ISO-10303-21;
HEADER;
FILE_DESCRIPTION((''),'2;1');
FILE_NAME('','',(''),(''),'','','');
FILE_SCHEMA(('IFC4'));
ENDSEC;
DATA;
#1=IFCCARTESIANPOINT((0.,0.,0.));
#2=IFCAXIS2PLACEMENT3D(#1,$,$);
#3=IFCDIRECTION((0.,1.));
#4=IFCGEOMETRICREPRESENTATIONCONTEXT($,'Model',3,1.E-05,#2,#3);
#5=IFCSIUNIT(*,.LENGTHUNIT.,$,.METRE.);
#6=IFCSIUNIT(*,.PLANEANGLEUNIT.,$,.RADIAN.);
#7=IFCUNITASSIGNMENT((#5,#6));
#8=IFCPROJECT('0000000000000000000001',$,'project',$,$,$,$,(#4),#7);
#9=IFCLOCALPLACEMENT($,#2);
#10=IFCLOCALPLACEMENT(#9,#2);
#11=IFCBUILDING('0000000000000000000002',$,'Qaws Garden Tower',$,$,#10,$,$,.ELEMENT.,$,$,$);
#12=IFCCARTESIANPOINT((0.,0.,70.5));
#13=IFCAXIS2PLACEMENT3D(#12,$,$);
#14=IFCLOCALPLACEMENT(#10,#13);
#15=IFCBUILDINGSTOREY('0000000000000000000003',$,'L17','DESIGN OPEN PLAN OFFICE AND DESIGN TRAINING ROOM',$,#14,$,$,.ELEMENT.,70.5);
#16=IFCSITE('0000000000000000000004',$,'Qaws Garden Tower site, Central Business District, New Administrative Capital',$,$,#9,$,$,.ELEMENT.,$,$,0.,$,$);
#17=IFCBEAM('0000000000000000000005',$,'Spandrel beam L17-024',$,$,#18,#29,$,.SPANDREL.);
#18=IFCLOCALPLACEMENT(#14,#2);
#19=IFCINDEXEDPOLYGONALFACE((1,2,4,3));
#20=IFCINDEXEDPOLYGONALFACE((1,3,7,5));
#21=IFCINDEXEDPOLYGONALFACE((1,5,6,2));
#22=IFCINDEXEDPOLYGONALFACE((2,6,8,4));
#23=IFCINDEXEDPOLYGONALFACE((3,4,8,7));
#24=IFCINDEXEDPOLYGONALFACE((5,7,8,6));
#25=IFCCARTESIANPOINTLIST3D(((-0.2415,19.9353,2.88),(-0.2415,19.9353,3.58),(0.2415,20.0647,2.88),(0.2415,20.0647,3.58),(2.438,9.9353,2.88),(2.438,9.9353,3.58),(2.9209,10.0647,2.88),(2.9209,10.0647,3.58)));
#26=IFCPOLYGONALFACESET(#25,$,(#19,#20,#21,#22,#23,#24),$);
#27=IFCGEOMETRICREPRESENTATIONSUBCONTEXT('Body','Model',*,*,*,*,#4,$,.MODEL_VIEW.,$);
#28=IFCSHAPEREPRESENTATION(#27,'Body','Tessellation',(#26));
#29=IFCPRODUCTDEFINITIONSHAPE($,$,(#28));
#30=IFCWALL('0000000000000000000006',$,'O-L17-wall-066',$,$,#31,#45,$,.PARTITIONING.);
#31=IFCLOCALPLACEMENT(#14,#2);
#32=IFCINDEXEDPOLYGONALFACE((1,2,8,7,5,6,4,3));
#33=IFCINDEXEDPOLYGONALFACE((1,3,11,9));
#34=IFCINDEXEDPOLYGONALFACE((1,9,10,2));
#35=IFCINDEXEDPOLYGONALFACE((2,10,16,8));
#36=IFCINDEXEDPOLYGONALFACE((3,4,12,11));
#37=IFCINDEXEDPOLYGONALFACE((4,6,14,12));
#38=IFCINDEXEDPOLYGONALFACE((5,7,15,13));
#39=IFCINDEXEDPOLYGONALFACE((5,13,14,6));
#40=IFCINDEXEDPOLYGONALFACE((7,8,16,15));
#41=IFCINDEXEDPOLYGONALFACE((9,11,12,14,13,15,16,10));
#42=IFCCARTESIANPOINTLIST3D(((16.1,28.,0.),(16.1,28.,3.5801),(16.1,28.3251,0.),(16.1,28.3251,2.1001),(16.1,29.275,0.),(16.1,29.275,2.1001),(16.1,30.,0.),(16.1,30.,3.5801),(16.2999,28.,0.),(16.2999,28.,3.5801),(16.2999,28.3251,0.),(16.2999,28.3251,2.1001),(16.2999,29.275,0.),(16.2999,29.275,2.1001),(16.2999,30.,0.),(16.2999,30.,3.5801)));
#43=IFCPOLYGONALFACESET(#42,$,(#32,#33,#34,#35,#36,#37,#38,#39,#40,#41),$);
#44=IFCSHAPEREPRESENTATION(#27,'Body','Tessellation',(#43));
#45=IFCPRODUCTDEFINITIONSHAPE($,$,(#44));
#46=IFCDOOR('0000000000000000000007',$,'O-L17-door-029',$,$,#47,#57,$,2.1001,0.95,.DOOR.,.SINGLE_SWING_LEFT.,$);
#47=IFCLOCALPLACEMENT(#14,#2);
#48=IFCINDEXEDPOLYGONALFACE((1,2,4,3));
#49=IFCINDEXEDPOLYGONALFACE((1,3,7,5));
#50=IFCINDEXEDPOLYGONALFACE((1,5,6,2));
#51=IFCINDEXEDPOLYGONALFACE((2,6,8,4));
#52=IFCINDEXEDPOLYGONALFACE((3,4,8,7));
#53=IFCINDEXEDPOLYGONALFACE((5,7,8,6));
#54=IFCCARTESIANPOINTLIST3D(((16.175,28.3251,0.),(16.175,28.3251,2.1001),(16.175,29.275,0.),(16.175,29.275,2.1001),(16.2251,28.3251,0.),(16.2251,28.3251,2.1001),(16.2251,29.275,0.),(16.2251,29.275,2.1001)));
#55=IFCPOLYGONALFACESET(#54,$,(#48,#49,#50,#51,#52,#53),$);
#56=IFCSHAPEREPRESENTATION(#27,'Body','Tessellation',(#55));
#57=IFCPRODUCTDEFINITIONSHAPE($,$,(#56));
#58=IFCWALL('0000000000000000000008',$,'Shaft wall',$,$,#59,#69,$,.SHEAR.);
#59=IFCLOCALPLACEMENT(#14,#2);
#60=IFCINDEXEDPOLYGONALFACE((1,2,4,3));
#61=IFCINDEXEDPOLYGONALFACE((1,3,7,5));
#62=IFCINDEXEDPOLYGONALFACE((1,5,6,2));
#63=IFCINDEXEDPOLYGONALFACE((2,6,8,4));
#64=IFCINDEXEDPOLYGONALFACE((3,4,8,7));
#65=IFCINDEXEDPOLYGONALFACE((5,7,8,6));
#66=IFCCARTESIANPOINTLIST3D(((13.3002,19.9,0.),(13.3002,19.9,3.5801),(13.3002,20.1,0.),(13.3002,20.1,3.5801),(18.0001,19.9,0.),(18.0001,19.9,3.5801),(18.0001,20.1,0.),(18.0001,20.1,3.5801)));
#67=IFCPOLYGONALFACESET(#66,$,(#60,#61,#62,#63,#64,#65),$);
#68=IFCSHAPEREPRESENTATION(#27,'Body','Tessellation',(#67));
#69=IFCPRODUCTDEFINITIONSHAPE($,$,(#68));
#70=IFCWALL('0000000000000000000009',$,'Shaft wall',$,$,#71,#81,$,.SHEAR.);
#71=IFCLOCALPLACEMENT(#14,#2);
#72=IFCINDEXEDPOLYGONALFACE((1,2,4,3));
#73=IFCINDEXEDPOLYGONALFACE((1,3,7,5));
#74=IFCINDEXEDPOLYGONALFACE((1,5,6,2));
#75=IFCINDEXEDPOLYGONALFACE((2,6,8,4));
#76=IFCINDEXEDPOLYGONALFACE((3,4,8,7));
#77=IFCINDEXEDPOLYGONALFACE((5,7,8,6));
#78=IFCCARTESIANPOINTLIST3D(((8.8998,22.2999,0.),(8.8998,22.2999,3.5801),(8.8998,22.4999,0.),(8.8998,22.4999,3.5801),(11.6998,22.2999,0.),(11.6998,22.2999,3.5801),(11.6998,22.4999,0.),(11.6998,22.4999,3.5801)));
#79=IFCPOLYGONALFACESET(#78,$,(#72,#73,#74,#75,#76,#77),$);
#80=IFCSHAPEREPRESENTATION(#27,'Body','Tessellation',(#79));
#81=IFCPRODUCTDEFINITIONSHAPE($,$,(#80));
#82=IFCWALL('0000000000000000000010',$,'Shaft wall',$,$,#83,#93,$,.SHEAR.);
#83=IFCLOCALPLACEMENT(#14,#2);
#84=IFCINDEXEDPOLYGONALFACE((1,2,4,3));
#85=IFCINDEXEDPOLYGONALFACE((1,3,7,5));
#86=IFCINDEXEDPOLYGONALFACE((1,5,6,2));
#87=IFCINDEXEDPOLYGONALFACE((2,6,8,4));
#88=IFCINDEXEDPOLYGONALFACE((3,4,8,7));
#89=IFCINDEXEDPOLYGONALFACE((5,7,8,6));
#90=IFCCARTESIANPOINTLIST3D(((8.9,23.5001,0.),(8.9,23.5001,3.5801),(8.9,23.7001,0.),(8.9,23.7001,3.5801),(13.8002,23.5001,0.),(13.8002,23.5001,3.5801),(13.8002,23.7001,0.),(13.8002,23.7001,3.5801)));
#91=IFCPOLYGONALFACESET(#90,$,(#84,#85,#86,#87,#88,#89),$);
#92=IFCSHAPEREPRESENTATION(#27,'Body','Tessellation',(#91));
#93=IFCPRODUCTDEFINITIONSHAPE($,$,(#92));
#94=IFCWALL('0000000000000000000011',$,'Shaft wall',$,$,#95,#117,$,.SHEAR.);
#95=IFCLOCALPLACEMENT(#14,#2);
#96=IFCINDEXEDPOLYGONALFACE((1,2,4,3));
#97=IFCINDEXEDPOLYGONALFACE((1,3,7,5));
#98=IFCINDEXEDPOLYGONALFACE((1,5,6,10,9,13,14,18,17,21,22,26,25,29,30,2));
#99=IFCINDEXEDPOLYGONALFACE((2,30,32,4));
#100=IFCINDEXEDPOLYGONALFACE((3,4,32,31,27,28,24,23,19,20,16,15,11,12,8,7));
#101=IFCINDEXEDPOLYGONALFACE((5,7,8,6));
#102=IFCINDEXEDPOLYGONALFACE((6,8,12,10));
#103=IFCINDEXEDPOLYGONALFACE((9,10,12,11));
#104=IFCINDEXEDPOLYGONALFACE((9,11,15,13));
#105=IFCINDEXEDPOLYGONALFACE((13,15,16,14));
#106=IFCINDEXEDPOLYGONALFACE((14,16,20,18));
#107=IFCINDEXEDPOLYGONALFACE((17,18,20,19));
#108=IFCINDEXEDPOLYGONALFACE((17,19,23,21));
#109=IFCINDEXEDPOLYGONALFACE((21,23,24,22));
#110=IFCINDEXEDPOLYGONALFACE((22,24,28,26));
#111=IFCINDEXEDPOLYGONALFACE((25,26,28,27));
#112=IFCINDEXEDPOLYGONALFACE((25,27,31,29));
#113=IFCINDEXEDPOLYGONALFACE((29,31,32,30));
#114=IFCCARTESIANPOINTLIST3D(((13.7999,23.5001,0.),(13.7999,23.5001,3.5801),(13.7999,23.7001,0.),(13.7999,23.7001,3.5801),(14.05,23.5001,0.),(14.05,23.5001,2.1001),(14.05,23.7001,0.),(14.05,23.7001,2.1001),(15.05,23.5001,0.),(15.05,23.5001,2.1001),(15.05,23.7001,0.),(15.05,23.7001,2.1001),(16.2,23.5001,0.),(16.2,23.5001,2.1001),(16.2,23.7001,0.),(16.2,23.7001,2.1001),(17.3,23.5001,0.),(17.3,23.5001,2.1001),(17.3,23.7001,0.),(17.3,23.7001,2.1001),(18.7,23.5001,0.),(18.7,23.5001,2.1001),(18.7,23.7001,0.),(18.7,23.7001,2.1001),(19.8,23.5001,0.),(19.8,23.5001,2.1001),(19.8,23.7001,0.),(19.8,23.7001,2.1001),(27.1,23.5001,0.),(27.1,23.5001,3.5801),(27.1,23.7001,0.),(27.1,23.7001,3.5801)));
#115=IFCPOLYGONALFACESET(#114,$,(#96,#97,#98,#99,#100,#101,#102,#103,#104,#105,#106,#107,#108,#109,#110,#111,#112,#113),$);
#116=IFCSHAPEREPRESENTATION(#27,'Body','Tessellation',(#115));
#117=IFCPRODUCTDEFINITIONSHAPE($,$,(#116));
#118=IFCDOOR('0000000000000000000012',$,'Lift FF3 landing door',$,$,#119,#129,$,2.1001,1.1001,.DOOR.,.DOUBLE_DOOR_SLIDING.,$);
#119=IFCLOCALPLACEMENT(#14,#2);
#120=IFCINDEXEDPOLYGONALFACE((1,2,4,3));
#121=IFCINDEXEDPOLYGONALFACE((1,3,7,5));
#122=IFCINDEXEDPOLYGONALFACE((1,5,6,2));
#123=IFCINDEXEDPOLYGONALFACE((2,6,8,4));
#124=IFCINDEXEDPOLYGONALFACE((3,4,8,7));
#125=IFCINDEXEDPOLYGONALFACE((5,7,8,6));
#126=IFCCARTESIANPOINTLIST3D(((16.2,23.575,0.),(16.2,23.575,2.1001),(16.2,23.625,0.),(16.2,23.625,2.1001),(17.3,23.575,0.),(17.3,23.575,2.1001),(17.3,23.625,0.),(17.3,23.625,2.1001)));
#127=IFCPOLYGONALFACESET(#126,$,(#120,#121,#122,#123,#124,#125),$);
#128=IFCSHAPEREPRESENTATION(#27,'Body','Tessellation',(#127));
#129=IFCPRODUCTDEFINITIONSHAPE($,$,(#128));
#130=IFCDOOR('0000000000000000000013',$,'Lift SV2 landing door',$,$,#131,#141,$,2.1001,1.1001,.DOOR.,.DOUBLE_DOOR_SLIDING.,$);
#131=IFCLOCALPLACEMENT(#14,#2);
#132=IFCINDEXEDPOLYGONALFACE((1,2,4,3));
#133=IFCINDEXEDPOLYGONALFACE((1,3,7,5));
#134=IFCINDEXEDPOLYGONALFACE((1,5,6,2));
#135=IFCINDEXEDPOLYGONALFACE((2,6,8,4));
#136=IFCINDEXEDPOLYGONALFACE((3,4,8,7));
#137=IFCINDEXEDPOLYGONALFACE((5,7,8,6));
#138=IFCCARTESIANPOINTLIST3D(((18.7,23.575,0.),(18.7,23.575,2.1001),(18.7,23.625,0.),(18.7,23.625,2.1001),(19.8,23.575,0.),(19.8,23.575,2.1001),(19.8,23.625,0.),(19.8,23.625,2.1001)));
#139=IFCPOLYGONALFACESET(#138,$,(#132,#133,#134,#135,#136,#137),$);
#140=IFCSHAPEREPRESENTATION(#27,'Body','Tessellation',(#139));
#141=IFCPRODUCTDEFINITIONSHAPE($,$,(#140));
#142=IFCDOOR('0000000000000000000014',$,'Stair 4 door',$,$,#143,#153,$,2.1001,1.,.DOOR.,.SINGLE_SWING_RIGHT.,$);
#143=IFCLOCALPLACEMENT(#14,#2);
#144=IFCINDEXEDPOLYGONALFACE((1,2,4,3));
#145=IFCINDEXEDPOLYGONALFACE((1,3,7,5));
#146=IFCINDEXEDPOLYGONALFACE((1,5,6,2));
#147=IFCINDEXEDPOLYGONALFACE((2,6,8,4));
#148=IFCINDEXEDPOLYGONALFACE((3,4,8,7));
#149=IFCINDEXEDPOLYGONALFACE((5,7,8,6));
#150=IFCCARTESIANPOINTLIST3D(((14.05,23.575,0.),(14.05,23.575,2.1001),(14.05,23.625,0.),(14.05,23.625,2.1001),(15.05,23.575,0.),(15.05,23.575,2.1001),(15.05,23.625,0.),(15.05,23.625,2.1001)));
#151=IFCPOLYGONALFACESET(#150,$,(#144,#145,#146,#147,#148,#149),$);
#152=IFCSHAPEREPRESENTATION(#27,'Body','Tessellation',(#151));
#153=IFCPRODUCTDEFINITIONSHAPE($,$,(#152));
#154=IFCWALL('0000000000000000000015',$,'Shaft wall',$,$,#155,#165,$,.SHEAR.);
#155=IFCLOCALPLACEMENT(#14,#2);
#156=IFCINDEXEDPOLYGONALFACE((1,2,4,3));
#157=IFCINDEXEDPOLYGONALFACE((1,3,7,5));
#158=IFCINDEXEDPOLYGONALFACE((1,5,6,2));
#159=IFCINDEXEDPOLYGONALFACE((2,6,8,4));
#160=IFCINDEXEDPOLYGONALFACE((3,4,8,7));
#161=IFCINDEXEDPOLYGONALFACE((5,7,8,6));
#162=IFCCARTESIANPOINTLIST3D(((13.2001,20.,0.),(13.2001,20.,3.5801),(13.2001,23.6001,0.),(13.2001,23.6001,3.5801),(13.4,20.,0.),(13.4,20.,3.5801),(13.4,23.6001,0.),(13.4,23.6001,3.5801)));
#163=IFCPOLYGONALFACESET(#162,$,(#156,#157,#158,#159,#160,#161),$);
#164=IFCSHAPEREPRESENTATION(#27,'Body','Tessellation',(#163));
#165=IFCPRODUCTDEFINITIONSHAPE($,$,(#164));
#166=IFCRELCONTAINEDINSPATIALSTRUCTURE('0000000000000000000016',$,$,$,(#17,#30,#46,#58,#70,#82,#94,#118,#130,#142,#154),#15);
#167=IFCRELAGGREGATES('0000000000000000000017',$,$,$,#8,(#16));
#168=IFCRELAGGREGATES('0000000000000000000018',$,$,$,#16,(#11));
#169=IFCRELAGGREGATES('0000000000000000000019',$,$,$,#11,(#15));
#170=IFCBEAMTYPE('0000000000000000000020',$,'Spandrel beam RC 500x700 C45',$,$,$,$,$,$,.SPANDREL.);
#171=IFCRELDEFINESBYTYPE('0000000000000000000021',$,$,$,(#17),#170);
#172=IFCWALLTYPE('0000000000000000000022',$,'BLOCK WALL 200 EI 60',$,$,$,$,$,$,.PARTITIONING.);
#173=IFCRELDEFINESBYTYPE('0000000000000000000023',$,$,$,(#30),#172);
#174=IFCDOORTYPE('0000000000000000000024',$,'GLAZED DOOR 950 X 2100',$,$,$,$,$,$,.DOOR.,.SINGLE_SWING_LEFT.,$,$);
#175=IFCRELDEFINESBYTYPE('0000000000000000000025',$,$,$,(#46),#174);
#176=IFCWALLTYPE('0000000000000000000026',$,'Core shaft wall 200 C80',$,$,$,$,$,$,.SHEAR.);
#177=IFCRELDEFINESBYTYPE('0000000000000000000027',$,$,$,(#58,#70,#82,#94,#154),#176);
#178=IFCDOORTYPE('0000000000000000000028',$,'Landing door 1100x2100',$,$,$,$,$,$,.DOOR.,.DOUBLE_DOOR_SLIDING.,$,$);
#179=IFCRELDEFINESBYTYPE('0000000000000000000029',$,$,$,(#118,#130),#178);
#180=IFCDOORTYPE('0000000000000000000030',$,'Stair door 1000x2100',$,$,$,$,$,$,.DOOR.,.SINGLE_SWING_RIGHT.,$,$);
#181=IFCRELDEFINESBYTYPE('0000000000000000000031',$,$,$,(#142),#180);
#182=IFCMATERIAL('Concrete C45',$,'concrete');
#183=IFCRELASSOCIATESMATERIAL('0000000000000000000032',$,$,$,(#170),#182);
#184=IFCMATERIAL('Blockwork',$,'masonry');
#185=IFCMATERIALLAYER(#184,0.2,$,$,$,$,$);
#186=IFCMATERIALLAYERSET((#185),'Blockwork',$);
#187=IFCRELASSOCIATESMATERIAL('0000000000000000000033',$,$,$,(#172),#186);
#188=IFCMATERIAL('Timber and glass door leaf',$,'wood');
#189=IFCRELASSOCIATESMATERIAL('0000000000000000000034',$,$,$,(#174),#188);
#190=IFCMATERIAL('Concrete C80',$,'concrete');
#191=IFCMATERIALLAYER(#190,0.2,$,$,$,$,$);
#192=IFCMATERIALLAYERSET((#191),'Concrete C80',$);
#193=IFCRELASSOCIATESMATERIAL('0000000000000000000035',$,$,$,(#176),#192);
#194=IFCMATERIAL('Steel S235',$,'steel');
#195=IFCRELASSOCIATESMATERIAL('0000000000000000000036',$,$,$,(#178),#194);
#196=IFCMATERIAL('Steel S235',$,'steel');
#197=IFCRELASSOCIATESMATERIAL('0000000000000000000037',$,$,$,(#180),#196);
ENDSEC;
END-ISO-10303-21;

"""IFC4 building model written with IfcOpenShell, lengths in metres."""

from ifc_helpers import new_model, si_unit, direction, frame, frame_2d, origin, origin_2d, place, context, subcontext, project, spatial, rectangle, extrude, material, layer, layer_set, material_profile, profile_set, type_object, element, fill, save


model = new_model("IFC4")

# Units and contexts
model_context = context("Model", 3, precision=1e-05, world=origin(), true_north=direction((0.0, 1.0)))
body_context = subcontext(model_context, "Body", "Model", "MODEL_VIEW")
ifc_project = project(units=[si_unit("LENGTHUNIT", "METRE"), si_unit("PLANEANGLEUNIT", "RADIAN")], contexts=[model_context])

# Site, building, storey
site_placement = place(None, origin())
site = spatial("IfcSite", under=ifc_project, at=site_placement, Name="Qaws Garden Tower site, Central Business District, New Administrative Capital", CompositionType="ELEMENT", RefElevation=0.0)
building_placement = place(site_placement, origin())
building = spatial("IfcBuilding", under=site, at=building_placement, Name="Qaws Garden Tower", CompositionType="ELEMENT")
storey_placement = place(building_placement, frame((0.0, 0.0, 70.5)))
storey = spatial("IfcBuildingStorey", under=building, at=storey_placement, Name="L17", Description="DESIGN OPEN PLAN OFFICE AND DESIGN TRAINING ROOM", CompositionType="ELEMENT", Elevation=70.5)

# Beam
ifc_material_1 = material(Name="Concrete C45", Category="concrete")
ifc_material_profile = material_profile(ifc_material_1, rectangle(XDim=0.5, YDim=0.7, at=origin_2d()), Name="RC 500x700")
ifc_profile_set = profile_set([ifc_material_profile], Name="Concrete C45")
beam_type = type_object("IfcBeamType", Name="Spandrel beam RC 500x700 C45", PredefinedType="SPANDREL", material=ifc_profile_set)
beam_placement = place(storey_placement, frame((0.0, 20.0, 3.23), z_axis=(0.258815, -0.965927, 0.0), x_axis=(0.965927, 0.258815, 0.0)))
element("IfcBeam", 1, at=beam_placement, inside=storey, type_object=beam_type, Name="Spandrel beam L17-024", PredefinedType="SPANDREL", context=body_context, shape_type="SweptSolid", body=[
    extrude(rectangle(XDim=0.5, YDim=0.7, at=origin_2d()), origin(), (0.0, 0.0, 1.0), 10.3528),
])

# Wall, opening, door
ifc_material_2 = material(Name="Blockwork", Category="masonry")
ifc_layer_1 = layer(ifc_material_2, 0.2)
ifc_layer_set_1 = layer_set([ifc_layer_1], Name="Blockwork")
wall_type_1 = type_object("IfcWallType", Name="BLOCK WALL 200 EI 60", PredefinedType="PARTITIONING", material=ifc_layer_set_1)
wall_1_placement = place(storey_placement, frame((16.2, 28.0, 0.0), z_axis=(0.0, 0.0, 1.0), x_axis=(0.0, 1.0, 0.0)))
wall_1 = element("IfcWall", 2, at=wall_1_placement, inside=storey, type_object=wall_type_1, Name="O-L17-wall-066", PredefinedType="PARTITIONING", context=body_context, shape_type="SweptSolid", body=[
    extrude(rectangle(XDim=2.0, YDim=0.2, at=frame_2d((1.0, 0.0))), origin(), (0.0, 0.0, 1.0), 3.5801),
])
opening_1_placement = place(wall_1_placement, frame((0.325, 0.0, 0.0)))
opening_1 = element("IfcOpeningElement", 3, at=opening_1_placement, cuts=wall_1, PredefinedType="OPENING", context=body_context, shape_type="SweptSolid", body=[
    extrude(rectangle(XDim=0.95, YDim=2.1001, at=frame_2d((0.4751, 1.05))), frame((0.0, 0.1099, 0.0), z_axis=(0.0, -1.0, 0.0), x_axis=(1.0, 0.0, 0.0)), (0.0, 0.0, 1.0), 0.22),
])
ifc_material_3 = material(Name="Timber and glass door leaf", Category="wood")
door_type_1 = type_object("IfcDoorType", Name="GLAZED DOOR 950 X 2100", OperationType="SINGLE_SWING_LEFT", PredefinedType="DOOR", material=ifc_material_3)
door_1_placement = place(opening_1_placement, origin())
door_1 = element("IfcDoor", 4, at=door_1_placement, inside=storey, type_object=door_type_1, Name="O-L17-door-029", OperationType="SINGLE_SWING_LEFT", OverallHeight=2.1001, OverallWidth=0.95, PredefinedType="DOOR", context=body_context, shape_type="SweptSolid", body=[
    extrude(rectangle(XDim=0.95, YDim=2.1001, at=frame_2d((0.4751, 1.05))), frame((0.0, 0.0249, 0.0), z_axis=(0.0, -1.0, 0.0), x_axis=(1.0, 0.0, 0.0)), (0.0, 0.0, 1.0), 0.05),
])
fill(opening_1, door_1)

# Walls
ifc_material_4 = material(Name="Concrete C80", Category="concrete")
ifc_layer_2 = layer(ifc_material_4, 0.2)
ifc_layer_set_2 = layer_set([ifc_layer_2], Name="Concrete C80")
wall_type_2 = type_object("IfcWallType", Name="Core shaft wall 200 C80", PredefinedType="SHEAR", material=ifc_layer_set_2)
wall_2_placement = place(storey_placement, frame((13.3, 20.0, 0.0), z_axis=(0.0, 0.0, 1.0), x_axis=(1.0, 0.0, 0.0)))
element("IfcWall", 5, at=wall_2_placement, inside=storey, type_object=wall_type_2, Name="Shaft wall", PredefinedType="SHEAR", context=body_context, shape_type="SweptSolid", body=[
    extrude(rectangle(XDim=4.7, YDim=0.2, at=frame_2d((2.3501, 0.0))), origin(), (0.0, 0.0, 1.0), 3.5801),
])
wall_3_placement = place(storey_placement, frame((8.8999, 22.3999, 0.0), z_axis=(0.0, 0.0, 1.0), x_axis=(1.0, 0.0, 0.0)))
element("IfcWall", 6, at=wall_3_placement, inside=storey, type_object=wall_type_2, Name="Shaft wall", PredefinedType="SHEAR", context=body_context, shape_type="SweptSolid", body=[
    extrude(rectangle(XDim=2.8, YDim=0.2, at=frame_2d((1.3999, 0.0))), origin(), (0.0, 0.0, 1.0), 3.5801),
])
wall_4_placement = place(storey_placement, frame((8.8999, 23.6001, 0.0), z_axis=(0.0, 0.0, 1.0), x_axis=(1.0, 0.0, 0.0)))
element("IfcWall", 7, at=wall_4_placement, inside=storey, type_object=wall_type_2, Name="Shaft wall", PredefinedType="SHEAR", context=body_context, shape_type="SweptSolid", body=[
    extrude(rectangle(XDim=4.9001, YDim=0.2, at=frame_2d((2.4502, 0.0))), origin(), (0.0, 0.0, 1.0), 3.5801),
])

# Wall, openings, doors
wall_5_placement = place(storey_placement, frame((13.8, 23.6001, 0.0), z_axis=(0.0, 0.0, 1.0), x_axis=(1.0, 0.0, 0.0)))
wall_5 = element("IfcWall", 8, at=wall_5_placement, inside=storey, type_object=wall_type_2, Name="Shaft wall", PredefinedType="SHEAR", context=body_context, shape_type="SweptSolid", body=[
    extrude(rectangle(XDim=13.3, YDim=0.2, at=frame_2d((6.6499, 0.0))), origin(), (0.0, 0.0, 1.0), 3.5801),
])
opening_2_placement = place(wall_5_placement, frame((2.3999, 0.0, 0.0)))
opening_2 = element("IfcOpeningElement", 9, at=opening_2_placement, cuts=wall_5, PredefinedType="OPENING", context=body_context, shape_type="SweptSolid", body=[
    extrude(rectangle(XDim=1.1001, YDim=2.1001, at=frame_2d((0.55, 1.05))), frame((0.0, 0.1099, 0.0), z_axis=(0.0, -1.0, 0.0), x_axis=(1.0, 0.0, 0.0)), (0.0, 0.0, 1.0), 0.22),
])
opening_3_placement = place(wall_5_placement, frame((4.8999, 0.0, 0.0)))
opening_3 = element("IfcOpeningElement", 10, at=opening_3_placement, cuts=wall_5, PredefinedType="OPENING", context=body_context, shape_type="SweptSolid", body=[
    extrude(rectangle(XDim=1.1001, YDim=2.1001, at=frame_2d((0.55, 1.05))), frame((0.0, 0.1099, 0.0), z_axis=(0.0, -1.0, 0.0), x_axis=(1.0, 0.0, 0.0)), (0.0, 0.0, 1.0), 0.22),
])
opening_4_placement = place(wall_5_placement, frame((0.25, 0.0, 0.0)))
opening_4 = element("IfcOpeningElement", 11, at=opening_4_placement, cuts=wall_5, PredefinedType="OPENING", context=body_context, shape_type="SweptSolid", body=[
    extrude(rectangle(XDim=1.0, YDim=2.1001, at=frame_2d((0.5, 1.05))), frame((0.0, 0.1099, 0.0), z_axis=(0.0, -1.0, 0.0), x_axis=(1.0, 0.0, 0.0)), (0.0, 0.0, 1.0), 0.22),
])
ifc_material_5 = material(Name="Steel S235", Category="steel")
door_type_2 = type_object("IfcDoorType", Name="Landing door 1100x2100", OperationType="DOUBLE_DOOR_SLIDING", PredefinedType="DOOR", material=ifc_material_5)
door_2_placement = place(opening_2_placement, origin())
door_2 = element("IfcDoor", 12, at=door_2_placement, inside=storey, type_object=door_type_2, Name="Lift FF3 landing door", OperationType="DOUBLE_DOOR_SLIDING", OverallHeight=2.1001, OverallWidth=1.1001, PredefinedType="DOOR", context=body_context, shape_type="SweptSolid", body=[
    extrude(rectangle(XDim=1.1001, YDim=2.1001, at=frame_2d((0.55, 1.05))), frame((0.0, 0.0249, 0.0), z_axis=(0.0, -1.0, 0.0), x_axis=(1.0, 0.0, 0.0)), (0.0, 0.0, 1.0), 0.05),
])
fill(opening_2, door_2)
door_3_placement = place(opening_3_placement, origin())
door_3 = element("IfcDoor", 13, at=door_3_placement, inside=storey, type_object=door_type_2, Name="Lift SV2 landing door", OperationType="DOUBLE_DOOR_SLIDING", OverallHeight=2.1001, OverallWidth=1.1001, PredefinedType="DOOR", context=body_context, shape_type="SweptSolid", body=[
    extrude(rectangle(XDim=1.1001, YDim=2.1001, at=frame_2d((0.55, 1.05))), frame((0.0, 0.0249, 0.0), z_axis=(0.0, -1.0, 0.0), x_axis=(1.0, 0.0, 0.0)), (0.0, 0.0, 1.0), 0.05),
])
fill(opening_3, door_3)
ifc_material_6 = material(Name="Steel S235", Category="steel")
door_type_3 = type_object("IfcDoorType", Name="Stair door 1000x2100", OperationType="SINGLE_SWING_RIGHT", PredefinedType="DOOR", material=ifc_material_6)
door_4_placement = place(opening_4_placement, origin())
door_4 = element("IfcDoor", 14, at=door_4_placement, inside=storey, type_object=door_type_3, Name="Stair 4 door", OperationType="SINGLE_SWING_RIGHT", OverallHeight=2.1001, OverallWidth=1.0, PredefinedType="DOOR", context=body_context, shape_type="SweptSolid", body=[
    extrude(rectangle(XDim=1.0, YDim=2.1001, at=frame_2d((0.5, 1.05))), frame((0.0, 0.0249, 0.0), z_axis=(0.0, -1.0, 0.0), x_axis=(1.0, 0.0, 0.0)), (0.0, 0.0, 1.0), 0.05),
])
fill(opening_4, door_4)

# Wall
wall_6_placement = place(storey_placement, frame((13.3, 20.0, 0.0), z_axis=(0.0, 0.0, 1.0), x_axis=(0.0, 1.0, 0.0)))
element("IfcWall", 15, at=wall_6_placement, inside=storey, type_object=wall_type_2, Name="Shaft wall", PredefinedType="SHEAR", context=body_context, shape_type="SweptSolid", body=[
    extrude(rectangle(XDim=3.6001, YDim=0.2, at=frame_2d((1.8, 0.0))), origin(), (0.0, 0.0, 1.0), 3.5801),
])

save(model, "model.ifc")
